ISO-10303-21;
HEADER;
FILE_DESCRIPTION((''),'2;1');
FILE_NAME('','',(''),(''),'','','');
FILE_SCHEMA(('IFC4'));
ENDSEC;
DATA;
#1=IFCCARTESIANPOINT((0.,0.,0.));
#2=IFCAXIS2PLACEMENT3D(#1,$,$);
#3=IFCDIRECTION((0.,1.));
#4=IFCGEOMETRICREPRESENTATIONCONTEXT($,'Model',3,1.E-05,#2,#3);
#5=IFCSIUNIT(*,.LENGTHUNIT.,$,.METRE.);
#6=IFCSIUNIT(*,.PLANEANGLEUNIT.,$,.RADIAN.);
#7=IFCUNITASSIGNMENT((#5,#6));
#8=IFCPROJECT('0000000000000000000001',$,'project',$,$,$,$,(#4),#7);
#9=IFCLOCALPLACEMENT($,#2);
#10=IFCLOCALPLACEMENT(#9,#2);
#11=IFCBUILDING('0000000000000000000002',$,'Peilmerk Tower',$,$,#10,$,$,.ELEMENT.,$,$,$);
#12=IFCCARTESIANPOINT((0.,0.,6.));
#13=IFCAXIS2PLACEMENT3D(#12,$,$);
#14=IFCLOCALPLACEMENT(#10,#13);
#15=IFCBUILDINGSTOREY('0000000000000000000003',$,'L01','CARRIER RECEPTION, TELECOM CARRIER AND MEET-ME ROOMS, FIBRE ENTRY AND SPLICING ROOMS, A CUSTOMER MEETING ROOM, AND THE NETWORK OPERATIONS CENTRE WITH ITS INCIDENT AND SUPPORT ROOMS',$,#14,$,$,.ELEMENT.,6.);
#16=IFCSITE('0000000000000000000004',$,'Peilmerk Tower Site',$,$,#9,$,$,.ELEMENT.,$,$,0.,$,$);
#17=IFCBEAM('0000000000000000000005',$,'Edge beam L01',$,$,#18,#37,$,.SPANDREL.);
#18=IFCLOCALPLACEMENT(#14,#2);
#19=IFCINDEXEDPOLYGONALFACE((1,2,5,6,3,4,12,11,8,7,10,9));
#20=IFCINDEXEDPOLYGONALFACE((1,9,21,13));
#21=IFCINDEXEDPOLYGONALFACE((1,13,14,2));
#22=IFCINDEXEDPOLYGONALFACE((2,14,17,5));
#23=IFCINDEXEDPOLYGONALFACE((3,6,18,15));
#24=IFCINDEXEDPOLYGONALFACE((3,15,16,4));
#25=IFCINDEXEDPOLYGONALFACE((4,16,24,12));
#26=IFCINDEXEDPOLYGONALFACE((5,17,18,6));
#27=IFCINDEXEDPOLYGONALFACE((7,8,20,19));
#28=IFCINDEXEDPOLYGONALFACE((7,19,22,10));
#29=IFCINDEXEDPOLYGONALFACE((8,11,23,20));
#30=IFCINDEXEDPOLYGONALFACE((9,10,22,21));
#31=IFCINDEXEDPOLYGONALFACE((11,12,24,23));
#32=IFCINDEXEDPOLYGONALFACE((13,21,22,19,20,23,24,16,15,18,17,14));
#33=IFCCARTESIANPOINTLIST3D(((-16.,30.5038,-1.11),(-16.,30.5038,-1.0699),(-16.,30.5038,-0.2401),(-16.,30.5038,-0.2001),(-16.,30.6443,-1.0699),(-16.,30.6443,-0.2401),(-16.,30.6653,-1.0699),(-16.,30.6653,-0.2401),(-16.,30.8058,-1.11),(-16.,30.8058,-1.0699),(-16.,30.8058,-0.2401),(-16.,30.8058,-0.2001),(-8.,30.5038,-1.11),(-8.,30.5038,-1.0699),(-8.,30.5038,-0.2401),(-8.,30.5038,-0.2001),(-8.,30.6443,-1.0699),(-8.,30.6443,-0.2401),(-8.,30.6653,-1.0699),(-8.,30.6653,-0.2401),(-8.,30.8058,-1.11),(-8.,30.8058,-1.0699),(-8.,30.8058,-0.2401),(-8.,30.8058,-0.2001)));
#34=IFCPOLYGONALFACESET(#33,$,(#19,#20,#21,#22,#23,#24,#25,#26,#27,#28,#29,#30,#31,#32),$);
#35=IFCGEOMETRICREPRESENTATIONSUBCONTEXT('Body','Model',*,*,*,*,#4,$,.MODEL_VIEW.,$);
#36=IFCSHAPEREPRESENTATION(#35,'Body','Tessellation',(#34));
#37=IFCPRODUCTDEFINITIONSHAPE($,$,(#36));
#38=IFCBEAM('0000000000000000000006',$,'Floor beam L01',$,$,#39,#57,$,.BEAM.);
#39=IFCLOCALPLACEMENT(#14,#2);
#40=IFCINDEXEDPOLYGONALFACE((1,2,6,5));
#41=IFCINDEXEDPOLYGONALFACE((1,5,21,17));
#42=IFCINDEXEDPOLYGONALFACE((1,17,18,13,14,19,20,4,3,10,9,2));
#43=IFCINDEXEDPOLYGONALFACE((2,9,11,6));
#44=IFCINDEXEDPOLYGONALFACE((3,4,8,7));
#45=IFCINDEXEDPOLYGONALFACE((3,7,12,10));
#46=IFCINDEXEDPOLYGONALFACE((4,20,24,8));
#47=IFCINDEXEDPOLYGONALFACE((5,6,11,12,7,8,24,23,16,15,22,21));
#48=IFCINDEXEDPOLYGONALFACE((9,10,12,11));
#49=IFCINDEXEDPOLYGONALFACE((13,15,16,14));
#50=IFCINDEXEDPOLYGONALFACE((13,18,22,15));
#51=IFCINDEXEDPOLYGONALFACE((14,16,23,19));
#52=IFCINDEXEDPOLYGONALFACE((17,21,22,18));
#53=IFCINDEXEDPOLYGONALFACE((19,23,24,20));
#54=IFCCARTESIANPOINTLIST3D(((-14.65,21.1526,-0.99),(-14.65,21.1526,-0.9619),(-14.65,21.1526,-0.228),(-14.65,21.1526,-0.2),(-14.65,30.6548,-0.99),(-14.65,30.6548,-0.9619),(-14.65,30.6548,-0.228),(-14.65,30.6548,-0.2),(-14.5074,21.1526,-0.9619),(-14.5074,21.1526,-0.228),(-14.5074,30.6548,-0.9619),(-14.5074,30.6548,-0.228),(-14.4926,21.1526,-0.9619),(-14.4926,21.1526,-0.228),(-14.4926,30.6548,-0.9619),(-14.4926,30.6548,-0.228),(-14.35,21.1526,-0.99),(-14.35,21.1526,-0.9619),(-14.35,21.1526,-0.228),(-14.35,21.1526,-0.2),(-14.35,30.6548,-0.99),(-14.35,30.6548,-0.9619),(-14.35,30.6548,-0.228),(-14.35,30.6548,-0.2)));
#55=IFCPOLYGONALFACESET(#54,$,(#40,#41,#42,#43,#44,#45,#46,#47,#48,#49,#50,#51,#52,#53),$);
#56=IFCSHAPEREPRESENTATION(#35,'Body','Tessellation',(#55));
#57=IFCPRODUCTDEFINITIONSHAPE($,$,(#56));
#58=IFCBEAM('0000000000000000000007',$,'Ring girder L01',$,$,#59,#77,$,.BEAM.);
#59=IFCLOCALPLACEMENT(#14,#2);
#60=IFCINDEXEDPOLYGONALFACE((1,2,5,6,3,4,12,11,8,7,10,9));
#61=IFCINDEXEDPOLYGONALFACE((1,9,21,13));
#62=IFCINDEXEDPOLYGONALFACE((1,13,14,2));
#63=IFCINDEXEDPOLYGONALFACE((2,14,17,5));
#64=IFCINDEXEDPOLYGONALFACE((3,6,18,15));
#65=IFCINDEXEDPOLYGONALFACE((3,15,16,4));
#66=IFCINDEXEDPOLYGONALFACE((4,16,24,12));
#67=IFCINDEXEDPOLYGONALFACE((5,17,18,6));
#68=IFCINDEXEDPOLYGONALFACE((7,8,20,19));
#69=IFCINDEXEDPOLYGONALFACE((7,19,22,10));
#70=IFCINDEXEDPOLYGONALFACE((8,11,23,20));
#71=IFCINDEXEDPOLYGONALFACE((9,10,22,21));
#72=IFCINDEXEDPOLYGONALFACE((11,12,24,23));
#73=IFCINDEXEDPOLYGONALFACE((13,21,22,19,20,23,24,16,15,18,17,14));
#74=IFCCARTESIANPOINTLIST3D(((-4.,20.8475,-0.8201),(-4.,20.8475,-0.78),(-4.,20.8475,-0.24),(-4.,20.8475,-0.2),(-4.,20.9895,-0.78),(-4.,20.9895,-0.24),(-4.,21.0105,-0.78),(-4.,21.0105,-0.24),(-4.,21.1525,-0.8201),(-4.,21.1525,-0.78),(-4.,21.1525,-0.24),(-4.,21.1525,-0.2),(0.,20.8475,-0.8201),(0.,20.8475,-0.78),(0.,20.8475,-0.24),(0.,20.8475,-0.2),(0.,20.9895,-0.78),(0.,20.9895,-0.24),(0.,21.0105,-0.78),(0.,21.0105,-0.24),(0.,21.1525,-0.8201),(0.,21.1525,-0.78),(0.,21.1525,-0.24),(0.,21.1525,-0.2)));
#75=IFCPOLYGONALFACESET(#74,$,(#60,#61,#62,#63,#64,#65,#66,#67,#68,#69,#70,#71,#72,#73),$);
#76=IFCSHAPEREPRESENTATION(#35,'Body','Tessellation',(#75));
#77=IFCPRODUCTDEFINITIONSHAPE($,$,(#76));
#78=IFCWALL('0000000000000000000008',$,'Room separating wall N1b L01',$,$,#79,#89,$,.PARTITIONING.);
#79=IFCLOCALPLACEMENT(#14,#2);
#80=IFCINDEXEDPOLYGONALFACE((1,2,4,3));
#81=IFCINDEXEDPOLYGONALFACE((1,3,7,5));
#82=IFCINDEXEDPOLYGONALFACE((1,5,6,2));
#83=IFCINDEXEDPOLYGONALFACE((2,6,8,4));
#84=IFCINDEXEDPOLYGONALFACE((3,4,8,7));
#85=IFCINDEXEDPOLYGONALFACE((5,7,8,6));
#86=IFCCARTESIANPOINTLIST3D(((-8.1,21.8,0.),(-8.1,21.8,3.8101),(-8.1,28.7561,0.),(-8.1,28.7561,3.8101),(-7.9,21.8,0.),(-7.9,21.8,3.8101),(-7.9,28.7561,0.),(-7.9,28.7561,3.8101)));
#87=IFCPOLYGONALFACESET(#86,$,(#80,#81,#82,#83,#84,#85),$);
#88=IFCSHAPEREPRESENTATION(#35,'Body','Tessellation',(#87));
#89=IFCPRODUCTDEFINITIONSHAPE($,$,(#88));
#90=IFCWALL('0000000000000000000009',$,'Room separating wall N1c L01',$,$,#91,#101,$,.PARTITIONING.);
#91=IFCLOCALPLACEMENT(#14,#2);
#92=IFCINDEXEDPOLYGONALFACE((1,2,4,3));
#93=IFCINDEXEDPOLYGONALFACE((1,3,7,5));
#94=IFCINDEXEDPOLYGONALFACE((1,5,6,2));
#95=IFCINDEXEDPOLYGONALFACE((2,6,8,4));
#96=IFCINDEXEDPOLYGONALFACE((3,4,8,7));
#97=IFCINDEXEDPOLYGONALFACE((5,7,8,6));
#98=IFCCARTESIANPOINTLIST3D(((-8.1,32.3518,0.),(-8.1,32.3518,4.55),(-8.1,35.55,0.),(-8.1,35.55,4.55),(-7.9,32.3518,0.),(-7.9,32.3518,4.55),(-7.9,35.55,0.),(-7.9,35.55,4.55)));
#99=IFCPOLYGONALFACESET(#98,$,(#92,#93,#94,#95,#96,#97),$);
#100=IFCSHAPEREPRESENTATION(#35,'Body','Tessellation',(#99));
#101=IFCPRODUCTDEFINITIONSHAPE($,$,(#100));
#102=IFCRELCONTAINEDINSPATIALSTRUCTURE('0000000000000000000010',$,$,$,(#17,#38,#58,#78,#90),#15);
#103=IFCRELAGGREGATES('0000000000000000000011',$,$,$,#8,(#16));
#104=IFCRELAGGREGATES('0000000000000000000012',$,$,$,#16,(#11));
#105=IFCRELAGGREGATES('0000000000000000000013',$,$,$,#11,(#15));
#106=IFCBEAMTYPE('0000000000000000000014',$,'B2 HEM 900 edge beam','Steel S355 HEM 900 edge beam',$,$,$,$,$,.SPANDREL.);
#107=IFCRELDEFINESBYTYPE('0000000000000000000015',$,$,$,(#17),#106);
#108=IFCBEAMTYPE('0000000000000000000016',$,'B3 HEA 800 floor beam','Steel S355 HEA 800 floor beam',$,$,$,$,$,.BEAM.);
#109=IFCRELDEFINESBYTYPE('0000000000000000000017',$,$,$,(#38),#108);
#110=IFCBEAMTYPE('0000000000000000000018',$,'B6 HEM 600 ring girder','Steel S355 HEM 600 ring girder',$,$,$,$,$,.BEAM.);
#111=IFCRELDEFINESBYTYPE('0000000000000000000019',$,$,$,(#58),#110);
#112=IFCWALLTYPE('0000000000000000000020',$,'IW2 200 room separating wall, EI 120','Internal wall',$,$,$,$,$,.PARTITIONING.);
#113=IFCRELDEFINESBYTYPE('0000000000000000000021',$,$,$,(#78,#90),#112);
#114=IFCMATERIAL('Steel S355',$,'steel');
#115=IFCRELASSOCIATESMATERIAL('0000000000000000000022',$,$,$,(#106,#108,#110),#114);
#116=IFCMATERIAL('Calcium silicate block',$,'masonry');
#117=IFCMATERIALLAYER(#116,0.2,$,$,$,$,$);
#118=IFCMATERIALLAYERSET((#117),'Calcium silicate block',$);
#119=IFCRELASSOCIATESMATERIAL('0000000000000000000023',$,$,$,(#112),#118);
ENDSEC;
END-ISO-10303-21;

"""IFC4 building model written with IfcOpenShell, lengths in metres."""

from ifc_helpers import new_model, si_unit, direction, frame, frame_2d, origin, origin_2d, place, context, subcontext, project, spatial, rectangle, i_section, extrude, material, layer, layer_set, material_profile, profile_set, type_object, element, save


model = new_model("IFC4")

# Units and contexts
model_context = context("Model", 3, precision=1e-05, world=origin(), true_north=direction((0.0, 1.0)))
body_context = subcontext(model_context, "Body", "Model", "MODEL_VIEW")
ifc_project = project(units=[si_unit("LENGTHUNIT", "METRE"), si_unit("PLANEANGLEUNIT", "RADIAN")], contexts=[model_context])

# Site, building, storey
site_placement = place(None, origin())
site = spatial("IfcSite", under=ifc_project, at=site_placement, Name="Peilmerk Tower Site", CompositionType="ELEMENT", RefElevation=0.0)
building_placement = place(site_placement, origin())
building = spatial("IfcBuilding", under=site, at=building_placement, Name="Peilmerk Tower", CompositionType="ELEMENT")
storey_placement = place(building_placement, frame((0.0, 0.0, 6.0)))
storey = spatial("IfcBuildingStorey", under=building, at=storey_placement, Name="L01", Description="CARRIER RECEPTION, TELECOM CARRIER AND MEET-ME ROOMS, FIBRE ENTRY AND SPLICING ROOMS, A CUSTOMER MEETING ROOM, AND THE NETWORK OPERATIONS CENTRE WITH ITS INCIDENT AND SUPPORT ROOMS", CompositionType="ELEMENT", Elevation=6.0)

# Beams
ifc_material_1 = material(Name="Steel S355", Category="steel")
ifc_material_profile_1 = material_profile(ifc_material_1, i_section(OverallWidth=0.302, OverallDepth=0.9099, WebThickness=0.021, FlangeThickness=0.04, at=origin_2d()), Name="HEM 900")
ifc_profile_set_1 = profile_set([ifc_material_profile_1], Name="Steel S355")
beam_type_1 = type_object("IfcBeamType", Name="B2 HEM 900 edge beam", Description="Steel S355 HEM 900 edge beam", PredefinedType="SPANDREL", material=ifc_profile_set_1)
for number, where, z_axis, x_axis, name in (
    (1, (-8.0, 30.6548, -0.655), (-1.0, 0.0, 0.0), (0.0, -1.0, 0.0), "Edge beam L01"),
):
    element("IfcBeam", number, at=place(storey_placement, frame(where, z_axis=z_axis, x_axis=x_axis)), inside=storey, type_object=beam_type_1, Name=name, PredefinedType="SPANDREL", context=body_context, shape_type="SweptSolid", body=[
        extrude(i_section(OverallWidth=0.302, OverallDepth=0.9099, WebThickness=0.021, FlangeThickness=0.04, at=origin_2d()), origin(), (0.0, 0.0, 1.0), 8.0),
    ])
ifc_material_profile_2 = material_profile(ifc_material_1, i_section(OverallWidth=0.3, OverallDepth=0.79, WebThickness=0.0149, FlangeThickness=0.0281, at=origin_2d()), Name="HEA 800")
ifc_profile_set_2 = profile_set([ifc_material_profile_2], Name="Steel S355")
beam_type_2 = type_object("IfcBeamType", Name="B3 HEA 800 floor beam", Description="Steel S355 HEA 800 floor beam", PredefinedType="BEAM", material=ifc_profile_set_2)
beam_1_placement = place(storey_placement, frame((-14.5, 21.1526, -0.595), z_axis=(0.0, 1.0, 0.0), x_axis=(-1.0, 0.0, 0.0)))
element("IfcBeam", 2, at=beam_1_placement, inside=storey, type_object=beam_type_2, Name="Floor beam L01", PredefinedType="BEAM", context=body_context, shape_type="SweptSolid", body=[
    extrude(i_section(OverallWidth=0.3, OverallDepth=0.79, WebThickness=0.0149, FlangeThickness=0.0281, at=origin_2d()), origin(), (0.0, 0.0, 1.0), 9.5022),
])
ifc_material_profile_3 = material_profile(ifc_material_1, i_section(OverallWidth=0.3049, OverallDepth=0.6201, WebThickness=0.021, FlangeThickness=0.04, at=origin_2d()), Name="HEM 600")
ifc_profile_set_3 = profile_set([ifc_material_profile_3], Name="Steel S355")
beam_type_3 = type_object("IfcBeamType", Name="B6 HEM 600 ring girder", Description="Steel S355 HEM 600 ring girder", PredefinedType="BEAM", material=ifc_profile_set_3)
beam_2_placement = place(storey_placement, frame((0.0, 21.0, -0.51), z_axis=(-1.0, 0.0, 0.0), x_axis=(0.0, -1.0, 0.0)))
element("IfcBeam", 3, at=beam_2_placement, inside=storey, type_object=beam_type_3, Name="Ring girder L01", PredefinedType="BEAM", context=body_context, shape_type="SweptSolid", body=[
    extrude(i_section(OverallWidth=0.3049, OverallDepth=0.6201, WebThickness=0.021, FlangeThickness=0.04, at=origin_2d()), origin(), (0.0, 0.0, 1.0), 4.0),
])

# Walls
ifc_material_2 = material(Name="Calcium silicate block", Category="masonry")
ifc_layer = layer(ifc_material_2, 0.2)
ifc_layer_set = layer_set([ifc_layer], Name="Calcium silicate block")
wall_type = type_object("IfcWallType", Name="IW2 200 room separating wall, EI 120", Description="Internal wall", PredefinedType="PARTITIONING", material=ifc_layer_set)
wall_1_placement = place(storey_placement, frame((-8.0, 21.8, 0.0), z_axis=(0.0, 0.0, 1.0), x_axis=(0.0, 1.0, 0.0)))
element("IfcWall", 4, at=wall_1_placement, inside=storey, type_object=wall_type, Name="Room separating wall N1b L01", PredefinedType="PARTITIONING", context=body_context, shape_type="SweptSolid", body=[
    extrude(rectangle(XDim=6.9561, YDim=0.2, at=frame_2d((3.478, 0.0))), origin(), (0.0, 0.0, 1.0), 3.8101),
])
wall_2_placement = place(storey_placement, frame((-8.0, 32.3518, 0.0), z_axis=(0.0, 0.0, 1.0), x_axis=(0.0, 1.0, 0.0)))
element("IfcWall", 5, at=wall_2_placement, inside=storey, type_object=wall_type, Name="Room separating wall N1c L01", PredefinedType="PARTITIONING", context=body_context, shape_type="SweptSolid", body=[
    extrude(rectangle(XDim=3.1982, YDim=0.2, at=frame_2d((1.5991, 0.0))), origin(), (0.0, 0.0, 1.0), 4.55),
])

save(model, "model.ifc")
